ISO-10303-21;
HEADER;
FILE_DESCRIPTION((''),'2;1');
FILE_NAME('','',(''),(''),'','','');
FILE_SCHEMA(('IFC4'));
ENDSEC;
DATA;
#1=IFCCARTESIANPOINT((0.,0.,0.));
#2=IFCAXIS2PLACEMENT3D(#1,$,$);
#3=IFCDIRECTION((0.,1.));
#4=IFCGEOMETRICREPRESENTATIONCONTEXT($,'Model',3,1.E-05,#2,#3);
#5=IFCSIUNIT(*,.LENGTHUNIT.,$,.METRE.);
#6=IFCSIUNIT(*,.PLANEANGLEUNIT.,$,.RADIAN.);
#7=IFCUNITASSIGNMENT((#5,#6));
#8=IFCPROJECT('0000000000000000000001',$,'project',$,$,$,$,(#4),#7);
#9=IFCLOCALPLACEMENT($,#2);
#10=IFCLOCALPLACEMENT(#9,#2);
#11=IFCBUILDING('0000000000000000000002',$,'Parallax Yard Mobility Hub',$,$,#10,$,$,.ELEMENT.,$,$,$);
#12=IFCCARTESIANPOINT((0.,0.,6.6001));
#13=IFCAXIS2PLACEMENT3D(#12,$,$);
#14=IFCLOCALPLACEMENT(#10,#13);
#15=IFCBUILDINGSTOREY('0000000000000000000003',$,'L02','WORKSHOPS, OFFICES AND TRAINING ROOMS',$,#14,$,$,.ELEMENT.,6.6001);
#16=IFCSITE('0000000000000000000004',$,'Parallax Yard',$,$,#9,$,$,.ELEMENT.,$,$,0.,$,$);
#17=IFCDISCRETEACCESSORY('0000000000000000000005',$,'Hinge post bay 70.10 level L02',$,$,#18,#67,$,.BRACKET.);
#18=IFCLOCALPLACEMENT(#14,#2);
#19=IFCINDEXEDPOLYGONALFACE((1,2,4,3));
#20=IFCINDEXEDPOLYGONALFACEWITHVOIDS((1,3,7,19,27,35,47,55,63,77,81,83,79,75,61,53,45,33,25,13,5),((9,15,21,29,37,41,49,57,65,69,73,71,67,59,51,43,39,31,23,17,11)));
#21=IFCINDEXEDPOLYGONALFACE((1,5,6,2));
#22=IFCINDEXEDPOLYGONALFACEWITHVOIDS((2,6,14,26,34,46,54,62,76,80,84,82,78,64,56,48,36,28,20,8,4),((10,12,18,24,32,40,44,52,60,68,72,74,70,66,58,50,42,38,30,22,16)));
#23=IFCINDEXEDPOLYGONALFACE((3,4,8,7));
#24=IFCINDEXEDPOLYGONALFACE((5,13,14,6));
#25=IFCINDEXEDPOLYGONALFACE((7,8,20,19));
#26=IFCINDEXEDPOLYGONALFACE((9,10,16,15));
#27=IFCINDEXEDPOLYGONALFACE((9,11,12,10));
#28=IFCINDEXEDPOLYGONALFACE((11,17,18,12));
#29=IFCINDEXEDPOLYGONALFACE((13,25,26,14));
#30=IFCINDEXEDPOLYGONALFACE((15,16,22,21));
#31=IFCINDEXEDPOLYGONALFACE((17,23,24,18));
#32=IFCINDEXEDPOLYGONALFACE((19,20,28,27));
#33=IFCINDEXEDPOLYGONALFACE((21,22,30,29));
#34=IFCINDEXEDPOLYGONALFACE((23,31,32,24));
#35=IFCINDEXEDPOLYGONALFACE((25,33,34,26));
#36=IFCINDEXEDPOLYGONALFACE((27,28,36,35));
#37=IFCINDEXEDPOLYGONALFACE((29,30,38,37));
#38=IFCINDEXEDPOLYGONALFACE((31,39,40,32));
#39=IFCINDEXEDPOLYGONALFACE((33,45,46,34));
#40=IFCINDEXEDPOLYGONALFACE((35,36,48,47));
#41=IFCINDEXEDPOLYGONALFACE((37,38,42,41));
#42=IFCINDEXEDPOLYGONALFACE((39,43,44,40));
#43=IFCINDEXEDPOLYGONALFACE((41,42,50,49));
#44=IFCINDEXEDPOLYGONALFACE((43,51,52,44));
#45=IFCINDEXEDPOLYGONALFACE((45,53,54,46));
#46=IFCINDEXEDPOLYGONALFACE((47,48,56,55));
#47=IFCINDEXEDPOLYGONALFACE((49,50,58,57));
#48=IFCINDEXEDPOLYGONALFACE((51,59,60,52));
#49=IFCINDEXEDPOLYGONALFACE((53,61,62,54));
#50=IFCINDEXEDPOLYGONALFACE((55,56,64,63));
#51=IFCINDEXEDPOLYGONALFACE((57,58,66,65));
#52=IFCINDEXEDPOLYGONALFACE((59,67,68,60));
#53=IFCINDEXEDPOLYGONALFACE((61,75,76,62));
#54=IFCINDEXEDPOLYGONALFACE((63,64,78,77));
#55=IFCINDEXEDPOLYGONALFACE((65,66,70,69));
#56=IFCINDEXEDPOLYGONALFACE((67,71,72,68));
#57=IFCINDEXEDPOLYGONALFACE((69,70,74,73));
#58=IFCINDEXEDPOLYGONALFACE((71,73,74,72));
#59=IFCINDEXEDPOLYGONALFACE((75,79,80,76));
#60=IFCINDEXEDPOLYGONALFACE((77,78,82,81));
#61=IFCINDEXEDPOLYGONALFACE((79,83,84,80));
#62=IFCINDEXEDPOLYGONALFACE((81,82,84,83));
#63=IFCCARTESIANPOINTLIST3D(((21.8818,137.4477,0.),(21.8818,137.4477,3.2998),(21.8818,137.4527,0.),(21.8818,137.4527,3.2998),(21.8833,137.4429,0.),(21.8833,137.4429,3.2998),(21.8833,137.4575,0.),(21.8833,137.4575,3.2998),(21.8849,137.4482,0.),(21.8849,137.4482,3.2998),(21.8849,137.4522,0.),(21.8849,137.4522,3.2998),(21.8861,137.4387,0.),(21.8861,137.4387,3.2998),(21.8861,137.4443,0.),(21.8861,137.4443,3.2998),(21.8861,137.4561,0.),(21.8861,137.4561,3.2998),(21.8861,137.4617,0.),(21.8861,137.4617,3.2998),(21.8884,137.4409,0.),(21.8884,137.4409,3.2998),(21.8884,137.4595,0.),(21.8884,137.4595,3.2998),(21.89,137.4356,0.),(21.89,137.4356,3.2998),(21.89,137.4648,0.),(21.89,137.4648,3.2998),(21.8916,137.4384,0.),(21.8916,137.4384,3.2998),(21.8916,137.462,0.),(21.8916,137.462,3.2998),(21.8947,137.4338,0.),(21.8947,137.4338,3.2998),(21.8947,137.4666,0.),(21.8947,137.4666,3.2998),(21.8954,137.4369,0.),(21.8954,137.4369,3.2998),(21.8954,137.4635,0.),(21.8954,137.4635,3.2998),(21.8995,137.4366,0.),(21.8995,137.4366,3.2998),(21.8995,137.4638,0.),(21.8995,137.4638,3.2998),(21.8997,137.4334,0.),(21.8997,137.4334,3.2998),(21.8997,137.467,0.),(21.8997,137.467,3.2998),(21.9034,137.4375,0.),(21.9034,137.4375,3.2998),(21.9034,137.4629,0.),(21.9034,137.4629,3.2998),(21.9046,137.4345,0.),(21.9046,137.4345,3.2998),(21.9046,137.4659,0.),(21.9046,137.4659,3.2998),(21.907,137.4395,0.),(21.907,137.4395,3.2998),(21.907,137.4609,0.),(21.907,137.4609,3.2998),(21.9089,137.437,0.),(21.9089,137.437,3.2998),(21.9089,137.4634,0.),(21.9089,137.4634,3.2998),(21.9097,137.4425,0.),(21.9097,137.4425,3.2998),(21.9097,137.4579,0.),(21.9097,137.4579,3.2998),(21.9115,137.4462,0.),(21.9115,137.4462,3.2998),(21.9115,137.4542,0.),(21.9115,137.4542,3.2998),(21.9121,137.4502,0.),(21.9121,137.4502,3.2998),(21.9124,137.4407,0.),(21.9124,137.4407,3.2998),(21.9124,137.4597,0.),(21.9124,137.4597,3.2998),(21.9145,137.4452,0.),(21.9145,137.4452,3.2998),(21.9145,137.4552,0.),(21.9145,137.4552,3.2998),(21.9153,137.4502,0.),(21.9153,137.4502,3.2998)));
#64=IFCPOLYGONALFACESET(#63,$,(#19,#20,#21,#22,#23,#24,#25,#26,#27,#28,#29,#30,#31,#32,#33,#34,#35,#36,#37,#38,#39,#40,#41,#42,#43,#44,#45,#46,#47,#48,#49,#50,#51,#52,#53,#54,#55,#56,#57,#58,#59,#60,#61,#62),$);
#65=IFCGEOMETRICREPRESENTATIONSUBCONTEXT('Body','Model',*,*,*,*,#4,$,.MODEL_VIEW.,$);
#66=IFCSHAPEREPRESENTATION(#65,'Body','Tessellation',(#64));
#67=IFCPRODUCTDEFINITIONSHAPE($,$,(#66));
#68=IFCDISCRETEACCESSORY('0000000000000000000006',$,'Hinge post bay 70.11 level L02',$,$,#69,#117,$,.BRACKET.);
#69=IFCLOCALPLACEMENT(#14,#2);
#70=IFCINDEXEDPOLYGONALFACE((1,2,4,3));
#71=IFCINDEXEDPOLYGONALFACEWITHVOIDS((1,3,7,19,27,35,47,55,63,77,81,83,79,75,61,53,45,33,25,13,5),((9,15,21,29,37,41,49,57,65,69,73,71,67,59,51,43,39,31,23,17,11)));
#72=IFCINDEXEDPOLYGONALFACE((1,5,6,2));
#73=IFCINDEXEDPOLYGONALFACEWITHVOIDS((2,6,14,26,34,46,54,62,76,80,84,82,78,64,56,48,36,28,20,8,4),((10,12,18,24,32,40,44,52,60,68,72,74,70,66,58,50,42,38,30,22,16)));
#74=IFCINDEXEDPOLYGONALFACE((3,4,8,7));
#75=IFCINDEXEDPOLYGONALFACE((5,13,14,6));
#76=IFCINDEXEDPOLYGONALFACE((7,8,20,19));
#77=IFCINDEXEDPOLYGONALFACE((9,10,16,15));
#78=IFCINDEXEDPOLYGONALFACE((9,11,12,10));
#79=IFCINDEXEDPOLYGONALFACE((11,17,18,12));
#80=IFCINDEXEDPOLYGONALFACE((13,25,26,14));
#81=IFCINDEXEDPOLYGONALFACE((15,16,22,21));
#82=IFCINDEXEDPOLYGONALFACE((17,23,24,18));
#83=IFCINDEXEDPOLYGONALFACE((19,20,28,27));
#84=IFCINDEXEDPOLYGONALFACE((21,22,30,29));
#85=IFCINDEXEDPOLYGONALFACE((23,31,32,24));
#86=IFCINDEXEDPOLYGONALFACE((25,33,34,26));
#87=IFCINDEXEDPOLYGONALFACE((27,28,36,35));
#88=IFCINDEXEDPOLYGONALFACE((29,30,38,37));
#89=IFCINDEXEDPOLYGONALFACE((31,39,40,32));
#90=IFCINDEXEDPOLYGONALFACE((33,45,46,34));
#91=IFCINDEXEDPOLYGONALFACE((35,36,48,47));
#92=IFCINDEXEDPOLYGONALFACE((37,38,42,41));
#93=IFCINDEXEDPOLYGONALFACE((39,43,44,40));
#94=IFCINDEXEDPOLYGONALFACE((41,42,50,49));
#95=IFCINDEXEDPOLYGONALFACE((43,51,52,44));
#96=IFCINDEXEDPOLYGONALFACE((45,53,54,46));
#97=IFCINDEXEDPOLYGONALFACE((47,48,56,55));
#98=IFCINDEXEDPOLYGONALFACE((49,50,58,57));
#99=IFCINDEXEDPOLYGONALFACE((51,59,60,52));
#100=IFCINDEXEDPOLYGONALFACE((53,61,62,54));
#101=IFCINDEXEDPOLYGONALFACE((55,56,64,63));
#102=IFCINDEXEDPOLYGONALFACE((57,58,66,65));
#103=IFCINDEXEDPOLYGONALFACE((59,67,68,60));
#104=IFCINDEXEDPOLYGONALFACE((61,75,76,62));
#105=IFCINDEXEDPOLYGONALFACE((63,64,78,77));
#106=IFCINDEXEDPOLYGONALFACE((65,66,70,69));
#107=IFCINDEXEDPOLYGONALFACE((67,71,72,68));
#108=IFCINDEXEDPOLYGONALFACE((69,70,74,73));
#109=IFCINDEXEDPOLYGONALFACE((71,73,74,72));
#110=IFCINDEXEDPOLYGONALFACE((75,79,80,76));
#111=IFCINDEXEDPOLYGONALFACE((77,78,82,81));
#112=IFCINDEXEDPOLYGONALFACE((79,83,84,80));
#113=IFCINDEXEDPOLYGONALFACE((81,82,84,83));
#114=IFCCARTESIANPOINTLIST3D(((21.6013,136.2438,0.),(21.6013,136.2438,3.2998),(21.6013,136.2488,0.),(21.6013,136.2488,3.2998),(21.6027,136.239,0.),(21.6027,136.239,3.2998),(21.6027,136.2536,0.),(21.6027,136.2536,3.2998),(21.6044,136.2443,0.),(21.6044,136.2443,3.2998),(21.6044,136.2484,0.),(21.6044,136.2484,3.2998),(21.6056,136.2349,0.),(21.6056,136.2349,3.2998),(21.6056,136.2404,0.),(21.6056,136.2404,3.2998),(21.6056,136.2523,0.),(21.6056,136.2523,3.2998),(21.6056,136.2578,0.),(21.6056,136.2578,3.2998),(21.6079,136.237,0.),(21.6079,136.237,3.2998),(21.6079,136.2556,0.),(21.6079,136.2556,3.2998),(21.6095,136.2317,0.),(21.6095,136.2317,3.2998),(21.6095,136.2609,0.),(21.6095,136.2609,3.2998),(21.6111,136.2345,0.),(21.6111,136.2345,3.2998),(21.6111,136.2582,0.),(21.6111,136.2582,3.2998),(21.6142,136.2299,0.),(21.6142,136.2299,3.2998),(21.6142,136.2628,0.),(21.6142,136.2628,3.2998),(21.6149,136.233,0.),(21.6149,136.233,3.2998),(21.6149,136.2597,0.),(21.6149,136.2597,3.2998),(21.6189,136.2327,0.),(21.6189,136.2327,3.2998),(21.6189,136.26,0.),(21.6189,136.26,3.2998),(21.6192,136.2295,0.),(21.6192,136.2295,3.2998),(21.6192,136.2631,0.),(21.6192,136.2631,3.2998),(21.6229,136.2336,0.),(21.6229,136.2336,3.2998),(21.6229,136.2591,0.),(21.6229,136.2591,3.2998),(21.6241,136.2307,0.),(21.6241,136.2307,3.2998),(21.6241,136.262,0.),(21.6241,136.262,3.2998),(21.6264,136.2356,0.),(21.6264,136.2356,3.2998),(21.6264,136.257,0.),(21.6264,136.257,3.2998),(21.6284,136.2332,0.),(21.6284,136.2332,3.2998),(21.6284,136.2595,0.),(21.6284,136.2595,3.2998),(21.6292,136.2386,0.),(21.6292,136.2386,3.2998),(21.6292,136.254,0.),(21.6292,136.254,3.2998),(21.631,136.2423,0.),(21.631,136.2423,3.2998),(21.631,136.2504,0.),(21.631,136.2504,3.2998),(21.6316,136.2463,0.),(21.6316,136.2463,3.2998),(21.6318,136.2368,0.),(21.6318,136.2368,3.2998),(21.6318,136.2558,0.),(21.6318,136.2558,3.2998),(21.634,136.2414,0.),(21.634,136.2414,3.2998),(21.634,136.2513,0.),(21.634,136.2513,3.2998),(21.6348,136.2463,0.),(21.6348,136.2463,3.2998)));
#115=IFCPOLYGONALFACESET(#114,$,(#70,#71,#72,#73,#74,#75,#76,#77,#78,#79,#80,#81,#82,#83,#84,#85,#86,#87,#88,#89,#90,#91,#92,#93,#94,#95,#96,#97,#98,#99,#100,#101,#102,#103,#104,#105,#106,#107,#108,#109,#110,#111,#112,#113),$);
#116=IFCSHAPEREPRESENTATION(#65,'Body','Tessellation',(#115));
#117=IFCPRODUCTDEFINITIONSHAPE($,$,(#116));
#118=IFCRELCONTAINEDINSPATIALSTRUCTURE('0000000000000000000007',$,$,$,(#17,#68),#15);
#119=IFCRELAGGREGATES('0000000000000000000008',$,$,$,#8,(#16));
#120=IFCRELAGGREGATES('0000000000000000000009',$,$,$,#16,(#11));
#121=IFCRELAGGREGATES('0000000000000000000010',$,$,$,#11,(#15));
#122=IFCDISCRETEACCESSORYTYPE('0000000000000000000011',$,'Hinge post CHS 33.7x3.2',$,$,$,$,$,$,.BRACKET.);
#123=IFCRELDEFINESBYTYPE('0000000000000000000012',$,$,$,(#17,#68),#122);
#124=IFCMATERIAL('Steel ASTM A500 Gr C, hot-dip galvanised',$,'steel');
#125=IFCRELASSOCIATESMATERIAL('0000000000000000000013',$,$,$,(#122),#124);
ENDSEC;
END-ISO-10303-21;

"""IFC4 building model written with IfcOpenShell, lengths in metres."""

from ifc_helpers import new_model, si_unit, direction, frame, origin, origin_2d, place, context, subcontext, project, spatial, hollow_circle, extrude, material, material_profile, profile_set, type_object, element, save


model = new_model("IFC4")

# Units and contexts
model_context = context("Model", 3, precision=1e-05, world=origin(), true_north=direction((0.0, 1.0)))
body_context = subcontext(model_context, "Body", "Model", "MODEL_VIEW")
ifc_project = project(units=[si_unit("LENGTHUNIT", "METRE"), si_unit("PLANEANGLEUNIT", "RADIAN")], contexts=[model_context])

# Site, building, storey
site_placement = place(None, origin())
site = spatial("IfcSite", under=ifc_project, at=site_placement, Name="Parallax Yard", CompositionType="ELEMENT", RefElevation=0.0)
building_placement = place(site_placement, origin())
building = spatial("IfcBuilding", under=site, at=building_placement, Name="Parallax Yard Mobility Hub", CompositionType="ELEMENT")
storey_placement = place(building_placement, frame((0.0, 0.0, 6.6001)))
storey = spatial("IfcBuildingStorey", under=building, at=storey_placement, Name="L02", Description="WORKSHOPS, OFFICES AND TRAINING ROOMS", CompositionType="ELEMENT", Elevation=6.6001)

# Discrete accessories
ifc_material_1 = material(Name="Steel ASTM A500 Gr C, hot-dip galvanised", Category="steel")
ifc_material_profile_1 = material_profile(ifc_material_1, hollow_circle(Radius=0.0168, WallThickness=0.0032, at=origin_2d()), Name="CHS 33.7x3.2")
ifc_profile_set_1 = profile_set([ifc_material_profile_1], Name="Steel ASTM A500 Gr C, hot-dip galvanised")
discrete_accessory_type_1 = type_object("IfcDiscreteAccessoryType", Name="Hinge post CHS 33.7x3.2", PredefinedType="BRACKET", material=ifc_profile_set_1)
for number, where, z_axis, x_axis, name in (
    (1, (21.8984, 137.4502, 0.0), (0.0, 0.0, 1.0), (1.0, 0.0, 0.0), "Hinge post bay 70.10 level L02"),
    (2, (21.6179, 136.2463, 0.0), (0.0, 0.0, 1.0), (1.0, 0.0, 0.0), "Hinge post bay 70.11 level L02"),
):
    element("IfcDiscreteAccessory", number, at=place(storey_placement, frame(where, z_axis=z_axis, x_axis=x_axis)), inside=storey, type_object=discrete_accessory_type_1, Name=name, PredefinedType="BRACKET", context=body_context, shape_type="SweptSolid", body=[
        extrude(hollow_circle(Radius=0.0168, WallThickness=0.0032, at=origin_2d()), origin(), (0.0, 0.0, 1.0), 3.2998),
    ])

save(model, "model.ifc")
